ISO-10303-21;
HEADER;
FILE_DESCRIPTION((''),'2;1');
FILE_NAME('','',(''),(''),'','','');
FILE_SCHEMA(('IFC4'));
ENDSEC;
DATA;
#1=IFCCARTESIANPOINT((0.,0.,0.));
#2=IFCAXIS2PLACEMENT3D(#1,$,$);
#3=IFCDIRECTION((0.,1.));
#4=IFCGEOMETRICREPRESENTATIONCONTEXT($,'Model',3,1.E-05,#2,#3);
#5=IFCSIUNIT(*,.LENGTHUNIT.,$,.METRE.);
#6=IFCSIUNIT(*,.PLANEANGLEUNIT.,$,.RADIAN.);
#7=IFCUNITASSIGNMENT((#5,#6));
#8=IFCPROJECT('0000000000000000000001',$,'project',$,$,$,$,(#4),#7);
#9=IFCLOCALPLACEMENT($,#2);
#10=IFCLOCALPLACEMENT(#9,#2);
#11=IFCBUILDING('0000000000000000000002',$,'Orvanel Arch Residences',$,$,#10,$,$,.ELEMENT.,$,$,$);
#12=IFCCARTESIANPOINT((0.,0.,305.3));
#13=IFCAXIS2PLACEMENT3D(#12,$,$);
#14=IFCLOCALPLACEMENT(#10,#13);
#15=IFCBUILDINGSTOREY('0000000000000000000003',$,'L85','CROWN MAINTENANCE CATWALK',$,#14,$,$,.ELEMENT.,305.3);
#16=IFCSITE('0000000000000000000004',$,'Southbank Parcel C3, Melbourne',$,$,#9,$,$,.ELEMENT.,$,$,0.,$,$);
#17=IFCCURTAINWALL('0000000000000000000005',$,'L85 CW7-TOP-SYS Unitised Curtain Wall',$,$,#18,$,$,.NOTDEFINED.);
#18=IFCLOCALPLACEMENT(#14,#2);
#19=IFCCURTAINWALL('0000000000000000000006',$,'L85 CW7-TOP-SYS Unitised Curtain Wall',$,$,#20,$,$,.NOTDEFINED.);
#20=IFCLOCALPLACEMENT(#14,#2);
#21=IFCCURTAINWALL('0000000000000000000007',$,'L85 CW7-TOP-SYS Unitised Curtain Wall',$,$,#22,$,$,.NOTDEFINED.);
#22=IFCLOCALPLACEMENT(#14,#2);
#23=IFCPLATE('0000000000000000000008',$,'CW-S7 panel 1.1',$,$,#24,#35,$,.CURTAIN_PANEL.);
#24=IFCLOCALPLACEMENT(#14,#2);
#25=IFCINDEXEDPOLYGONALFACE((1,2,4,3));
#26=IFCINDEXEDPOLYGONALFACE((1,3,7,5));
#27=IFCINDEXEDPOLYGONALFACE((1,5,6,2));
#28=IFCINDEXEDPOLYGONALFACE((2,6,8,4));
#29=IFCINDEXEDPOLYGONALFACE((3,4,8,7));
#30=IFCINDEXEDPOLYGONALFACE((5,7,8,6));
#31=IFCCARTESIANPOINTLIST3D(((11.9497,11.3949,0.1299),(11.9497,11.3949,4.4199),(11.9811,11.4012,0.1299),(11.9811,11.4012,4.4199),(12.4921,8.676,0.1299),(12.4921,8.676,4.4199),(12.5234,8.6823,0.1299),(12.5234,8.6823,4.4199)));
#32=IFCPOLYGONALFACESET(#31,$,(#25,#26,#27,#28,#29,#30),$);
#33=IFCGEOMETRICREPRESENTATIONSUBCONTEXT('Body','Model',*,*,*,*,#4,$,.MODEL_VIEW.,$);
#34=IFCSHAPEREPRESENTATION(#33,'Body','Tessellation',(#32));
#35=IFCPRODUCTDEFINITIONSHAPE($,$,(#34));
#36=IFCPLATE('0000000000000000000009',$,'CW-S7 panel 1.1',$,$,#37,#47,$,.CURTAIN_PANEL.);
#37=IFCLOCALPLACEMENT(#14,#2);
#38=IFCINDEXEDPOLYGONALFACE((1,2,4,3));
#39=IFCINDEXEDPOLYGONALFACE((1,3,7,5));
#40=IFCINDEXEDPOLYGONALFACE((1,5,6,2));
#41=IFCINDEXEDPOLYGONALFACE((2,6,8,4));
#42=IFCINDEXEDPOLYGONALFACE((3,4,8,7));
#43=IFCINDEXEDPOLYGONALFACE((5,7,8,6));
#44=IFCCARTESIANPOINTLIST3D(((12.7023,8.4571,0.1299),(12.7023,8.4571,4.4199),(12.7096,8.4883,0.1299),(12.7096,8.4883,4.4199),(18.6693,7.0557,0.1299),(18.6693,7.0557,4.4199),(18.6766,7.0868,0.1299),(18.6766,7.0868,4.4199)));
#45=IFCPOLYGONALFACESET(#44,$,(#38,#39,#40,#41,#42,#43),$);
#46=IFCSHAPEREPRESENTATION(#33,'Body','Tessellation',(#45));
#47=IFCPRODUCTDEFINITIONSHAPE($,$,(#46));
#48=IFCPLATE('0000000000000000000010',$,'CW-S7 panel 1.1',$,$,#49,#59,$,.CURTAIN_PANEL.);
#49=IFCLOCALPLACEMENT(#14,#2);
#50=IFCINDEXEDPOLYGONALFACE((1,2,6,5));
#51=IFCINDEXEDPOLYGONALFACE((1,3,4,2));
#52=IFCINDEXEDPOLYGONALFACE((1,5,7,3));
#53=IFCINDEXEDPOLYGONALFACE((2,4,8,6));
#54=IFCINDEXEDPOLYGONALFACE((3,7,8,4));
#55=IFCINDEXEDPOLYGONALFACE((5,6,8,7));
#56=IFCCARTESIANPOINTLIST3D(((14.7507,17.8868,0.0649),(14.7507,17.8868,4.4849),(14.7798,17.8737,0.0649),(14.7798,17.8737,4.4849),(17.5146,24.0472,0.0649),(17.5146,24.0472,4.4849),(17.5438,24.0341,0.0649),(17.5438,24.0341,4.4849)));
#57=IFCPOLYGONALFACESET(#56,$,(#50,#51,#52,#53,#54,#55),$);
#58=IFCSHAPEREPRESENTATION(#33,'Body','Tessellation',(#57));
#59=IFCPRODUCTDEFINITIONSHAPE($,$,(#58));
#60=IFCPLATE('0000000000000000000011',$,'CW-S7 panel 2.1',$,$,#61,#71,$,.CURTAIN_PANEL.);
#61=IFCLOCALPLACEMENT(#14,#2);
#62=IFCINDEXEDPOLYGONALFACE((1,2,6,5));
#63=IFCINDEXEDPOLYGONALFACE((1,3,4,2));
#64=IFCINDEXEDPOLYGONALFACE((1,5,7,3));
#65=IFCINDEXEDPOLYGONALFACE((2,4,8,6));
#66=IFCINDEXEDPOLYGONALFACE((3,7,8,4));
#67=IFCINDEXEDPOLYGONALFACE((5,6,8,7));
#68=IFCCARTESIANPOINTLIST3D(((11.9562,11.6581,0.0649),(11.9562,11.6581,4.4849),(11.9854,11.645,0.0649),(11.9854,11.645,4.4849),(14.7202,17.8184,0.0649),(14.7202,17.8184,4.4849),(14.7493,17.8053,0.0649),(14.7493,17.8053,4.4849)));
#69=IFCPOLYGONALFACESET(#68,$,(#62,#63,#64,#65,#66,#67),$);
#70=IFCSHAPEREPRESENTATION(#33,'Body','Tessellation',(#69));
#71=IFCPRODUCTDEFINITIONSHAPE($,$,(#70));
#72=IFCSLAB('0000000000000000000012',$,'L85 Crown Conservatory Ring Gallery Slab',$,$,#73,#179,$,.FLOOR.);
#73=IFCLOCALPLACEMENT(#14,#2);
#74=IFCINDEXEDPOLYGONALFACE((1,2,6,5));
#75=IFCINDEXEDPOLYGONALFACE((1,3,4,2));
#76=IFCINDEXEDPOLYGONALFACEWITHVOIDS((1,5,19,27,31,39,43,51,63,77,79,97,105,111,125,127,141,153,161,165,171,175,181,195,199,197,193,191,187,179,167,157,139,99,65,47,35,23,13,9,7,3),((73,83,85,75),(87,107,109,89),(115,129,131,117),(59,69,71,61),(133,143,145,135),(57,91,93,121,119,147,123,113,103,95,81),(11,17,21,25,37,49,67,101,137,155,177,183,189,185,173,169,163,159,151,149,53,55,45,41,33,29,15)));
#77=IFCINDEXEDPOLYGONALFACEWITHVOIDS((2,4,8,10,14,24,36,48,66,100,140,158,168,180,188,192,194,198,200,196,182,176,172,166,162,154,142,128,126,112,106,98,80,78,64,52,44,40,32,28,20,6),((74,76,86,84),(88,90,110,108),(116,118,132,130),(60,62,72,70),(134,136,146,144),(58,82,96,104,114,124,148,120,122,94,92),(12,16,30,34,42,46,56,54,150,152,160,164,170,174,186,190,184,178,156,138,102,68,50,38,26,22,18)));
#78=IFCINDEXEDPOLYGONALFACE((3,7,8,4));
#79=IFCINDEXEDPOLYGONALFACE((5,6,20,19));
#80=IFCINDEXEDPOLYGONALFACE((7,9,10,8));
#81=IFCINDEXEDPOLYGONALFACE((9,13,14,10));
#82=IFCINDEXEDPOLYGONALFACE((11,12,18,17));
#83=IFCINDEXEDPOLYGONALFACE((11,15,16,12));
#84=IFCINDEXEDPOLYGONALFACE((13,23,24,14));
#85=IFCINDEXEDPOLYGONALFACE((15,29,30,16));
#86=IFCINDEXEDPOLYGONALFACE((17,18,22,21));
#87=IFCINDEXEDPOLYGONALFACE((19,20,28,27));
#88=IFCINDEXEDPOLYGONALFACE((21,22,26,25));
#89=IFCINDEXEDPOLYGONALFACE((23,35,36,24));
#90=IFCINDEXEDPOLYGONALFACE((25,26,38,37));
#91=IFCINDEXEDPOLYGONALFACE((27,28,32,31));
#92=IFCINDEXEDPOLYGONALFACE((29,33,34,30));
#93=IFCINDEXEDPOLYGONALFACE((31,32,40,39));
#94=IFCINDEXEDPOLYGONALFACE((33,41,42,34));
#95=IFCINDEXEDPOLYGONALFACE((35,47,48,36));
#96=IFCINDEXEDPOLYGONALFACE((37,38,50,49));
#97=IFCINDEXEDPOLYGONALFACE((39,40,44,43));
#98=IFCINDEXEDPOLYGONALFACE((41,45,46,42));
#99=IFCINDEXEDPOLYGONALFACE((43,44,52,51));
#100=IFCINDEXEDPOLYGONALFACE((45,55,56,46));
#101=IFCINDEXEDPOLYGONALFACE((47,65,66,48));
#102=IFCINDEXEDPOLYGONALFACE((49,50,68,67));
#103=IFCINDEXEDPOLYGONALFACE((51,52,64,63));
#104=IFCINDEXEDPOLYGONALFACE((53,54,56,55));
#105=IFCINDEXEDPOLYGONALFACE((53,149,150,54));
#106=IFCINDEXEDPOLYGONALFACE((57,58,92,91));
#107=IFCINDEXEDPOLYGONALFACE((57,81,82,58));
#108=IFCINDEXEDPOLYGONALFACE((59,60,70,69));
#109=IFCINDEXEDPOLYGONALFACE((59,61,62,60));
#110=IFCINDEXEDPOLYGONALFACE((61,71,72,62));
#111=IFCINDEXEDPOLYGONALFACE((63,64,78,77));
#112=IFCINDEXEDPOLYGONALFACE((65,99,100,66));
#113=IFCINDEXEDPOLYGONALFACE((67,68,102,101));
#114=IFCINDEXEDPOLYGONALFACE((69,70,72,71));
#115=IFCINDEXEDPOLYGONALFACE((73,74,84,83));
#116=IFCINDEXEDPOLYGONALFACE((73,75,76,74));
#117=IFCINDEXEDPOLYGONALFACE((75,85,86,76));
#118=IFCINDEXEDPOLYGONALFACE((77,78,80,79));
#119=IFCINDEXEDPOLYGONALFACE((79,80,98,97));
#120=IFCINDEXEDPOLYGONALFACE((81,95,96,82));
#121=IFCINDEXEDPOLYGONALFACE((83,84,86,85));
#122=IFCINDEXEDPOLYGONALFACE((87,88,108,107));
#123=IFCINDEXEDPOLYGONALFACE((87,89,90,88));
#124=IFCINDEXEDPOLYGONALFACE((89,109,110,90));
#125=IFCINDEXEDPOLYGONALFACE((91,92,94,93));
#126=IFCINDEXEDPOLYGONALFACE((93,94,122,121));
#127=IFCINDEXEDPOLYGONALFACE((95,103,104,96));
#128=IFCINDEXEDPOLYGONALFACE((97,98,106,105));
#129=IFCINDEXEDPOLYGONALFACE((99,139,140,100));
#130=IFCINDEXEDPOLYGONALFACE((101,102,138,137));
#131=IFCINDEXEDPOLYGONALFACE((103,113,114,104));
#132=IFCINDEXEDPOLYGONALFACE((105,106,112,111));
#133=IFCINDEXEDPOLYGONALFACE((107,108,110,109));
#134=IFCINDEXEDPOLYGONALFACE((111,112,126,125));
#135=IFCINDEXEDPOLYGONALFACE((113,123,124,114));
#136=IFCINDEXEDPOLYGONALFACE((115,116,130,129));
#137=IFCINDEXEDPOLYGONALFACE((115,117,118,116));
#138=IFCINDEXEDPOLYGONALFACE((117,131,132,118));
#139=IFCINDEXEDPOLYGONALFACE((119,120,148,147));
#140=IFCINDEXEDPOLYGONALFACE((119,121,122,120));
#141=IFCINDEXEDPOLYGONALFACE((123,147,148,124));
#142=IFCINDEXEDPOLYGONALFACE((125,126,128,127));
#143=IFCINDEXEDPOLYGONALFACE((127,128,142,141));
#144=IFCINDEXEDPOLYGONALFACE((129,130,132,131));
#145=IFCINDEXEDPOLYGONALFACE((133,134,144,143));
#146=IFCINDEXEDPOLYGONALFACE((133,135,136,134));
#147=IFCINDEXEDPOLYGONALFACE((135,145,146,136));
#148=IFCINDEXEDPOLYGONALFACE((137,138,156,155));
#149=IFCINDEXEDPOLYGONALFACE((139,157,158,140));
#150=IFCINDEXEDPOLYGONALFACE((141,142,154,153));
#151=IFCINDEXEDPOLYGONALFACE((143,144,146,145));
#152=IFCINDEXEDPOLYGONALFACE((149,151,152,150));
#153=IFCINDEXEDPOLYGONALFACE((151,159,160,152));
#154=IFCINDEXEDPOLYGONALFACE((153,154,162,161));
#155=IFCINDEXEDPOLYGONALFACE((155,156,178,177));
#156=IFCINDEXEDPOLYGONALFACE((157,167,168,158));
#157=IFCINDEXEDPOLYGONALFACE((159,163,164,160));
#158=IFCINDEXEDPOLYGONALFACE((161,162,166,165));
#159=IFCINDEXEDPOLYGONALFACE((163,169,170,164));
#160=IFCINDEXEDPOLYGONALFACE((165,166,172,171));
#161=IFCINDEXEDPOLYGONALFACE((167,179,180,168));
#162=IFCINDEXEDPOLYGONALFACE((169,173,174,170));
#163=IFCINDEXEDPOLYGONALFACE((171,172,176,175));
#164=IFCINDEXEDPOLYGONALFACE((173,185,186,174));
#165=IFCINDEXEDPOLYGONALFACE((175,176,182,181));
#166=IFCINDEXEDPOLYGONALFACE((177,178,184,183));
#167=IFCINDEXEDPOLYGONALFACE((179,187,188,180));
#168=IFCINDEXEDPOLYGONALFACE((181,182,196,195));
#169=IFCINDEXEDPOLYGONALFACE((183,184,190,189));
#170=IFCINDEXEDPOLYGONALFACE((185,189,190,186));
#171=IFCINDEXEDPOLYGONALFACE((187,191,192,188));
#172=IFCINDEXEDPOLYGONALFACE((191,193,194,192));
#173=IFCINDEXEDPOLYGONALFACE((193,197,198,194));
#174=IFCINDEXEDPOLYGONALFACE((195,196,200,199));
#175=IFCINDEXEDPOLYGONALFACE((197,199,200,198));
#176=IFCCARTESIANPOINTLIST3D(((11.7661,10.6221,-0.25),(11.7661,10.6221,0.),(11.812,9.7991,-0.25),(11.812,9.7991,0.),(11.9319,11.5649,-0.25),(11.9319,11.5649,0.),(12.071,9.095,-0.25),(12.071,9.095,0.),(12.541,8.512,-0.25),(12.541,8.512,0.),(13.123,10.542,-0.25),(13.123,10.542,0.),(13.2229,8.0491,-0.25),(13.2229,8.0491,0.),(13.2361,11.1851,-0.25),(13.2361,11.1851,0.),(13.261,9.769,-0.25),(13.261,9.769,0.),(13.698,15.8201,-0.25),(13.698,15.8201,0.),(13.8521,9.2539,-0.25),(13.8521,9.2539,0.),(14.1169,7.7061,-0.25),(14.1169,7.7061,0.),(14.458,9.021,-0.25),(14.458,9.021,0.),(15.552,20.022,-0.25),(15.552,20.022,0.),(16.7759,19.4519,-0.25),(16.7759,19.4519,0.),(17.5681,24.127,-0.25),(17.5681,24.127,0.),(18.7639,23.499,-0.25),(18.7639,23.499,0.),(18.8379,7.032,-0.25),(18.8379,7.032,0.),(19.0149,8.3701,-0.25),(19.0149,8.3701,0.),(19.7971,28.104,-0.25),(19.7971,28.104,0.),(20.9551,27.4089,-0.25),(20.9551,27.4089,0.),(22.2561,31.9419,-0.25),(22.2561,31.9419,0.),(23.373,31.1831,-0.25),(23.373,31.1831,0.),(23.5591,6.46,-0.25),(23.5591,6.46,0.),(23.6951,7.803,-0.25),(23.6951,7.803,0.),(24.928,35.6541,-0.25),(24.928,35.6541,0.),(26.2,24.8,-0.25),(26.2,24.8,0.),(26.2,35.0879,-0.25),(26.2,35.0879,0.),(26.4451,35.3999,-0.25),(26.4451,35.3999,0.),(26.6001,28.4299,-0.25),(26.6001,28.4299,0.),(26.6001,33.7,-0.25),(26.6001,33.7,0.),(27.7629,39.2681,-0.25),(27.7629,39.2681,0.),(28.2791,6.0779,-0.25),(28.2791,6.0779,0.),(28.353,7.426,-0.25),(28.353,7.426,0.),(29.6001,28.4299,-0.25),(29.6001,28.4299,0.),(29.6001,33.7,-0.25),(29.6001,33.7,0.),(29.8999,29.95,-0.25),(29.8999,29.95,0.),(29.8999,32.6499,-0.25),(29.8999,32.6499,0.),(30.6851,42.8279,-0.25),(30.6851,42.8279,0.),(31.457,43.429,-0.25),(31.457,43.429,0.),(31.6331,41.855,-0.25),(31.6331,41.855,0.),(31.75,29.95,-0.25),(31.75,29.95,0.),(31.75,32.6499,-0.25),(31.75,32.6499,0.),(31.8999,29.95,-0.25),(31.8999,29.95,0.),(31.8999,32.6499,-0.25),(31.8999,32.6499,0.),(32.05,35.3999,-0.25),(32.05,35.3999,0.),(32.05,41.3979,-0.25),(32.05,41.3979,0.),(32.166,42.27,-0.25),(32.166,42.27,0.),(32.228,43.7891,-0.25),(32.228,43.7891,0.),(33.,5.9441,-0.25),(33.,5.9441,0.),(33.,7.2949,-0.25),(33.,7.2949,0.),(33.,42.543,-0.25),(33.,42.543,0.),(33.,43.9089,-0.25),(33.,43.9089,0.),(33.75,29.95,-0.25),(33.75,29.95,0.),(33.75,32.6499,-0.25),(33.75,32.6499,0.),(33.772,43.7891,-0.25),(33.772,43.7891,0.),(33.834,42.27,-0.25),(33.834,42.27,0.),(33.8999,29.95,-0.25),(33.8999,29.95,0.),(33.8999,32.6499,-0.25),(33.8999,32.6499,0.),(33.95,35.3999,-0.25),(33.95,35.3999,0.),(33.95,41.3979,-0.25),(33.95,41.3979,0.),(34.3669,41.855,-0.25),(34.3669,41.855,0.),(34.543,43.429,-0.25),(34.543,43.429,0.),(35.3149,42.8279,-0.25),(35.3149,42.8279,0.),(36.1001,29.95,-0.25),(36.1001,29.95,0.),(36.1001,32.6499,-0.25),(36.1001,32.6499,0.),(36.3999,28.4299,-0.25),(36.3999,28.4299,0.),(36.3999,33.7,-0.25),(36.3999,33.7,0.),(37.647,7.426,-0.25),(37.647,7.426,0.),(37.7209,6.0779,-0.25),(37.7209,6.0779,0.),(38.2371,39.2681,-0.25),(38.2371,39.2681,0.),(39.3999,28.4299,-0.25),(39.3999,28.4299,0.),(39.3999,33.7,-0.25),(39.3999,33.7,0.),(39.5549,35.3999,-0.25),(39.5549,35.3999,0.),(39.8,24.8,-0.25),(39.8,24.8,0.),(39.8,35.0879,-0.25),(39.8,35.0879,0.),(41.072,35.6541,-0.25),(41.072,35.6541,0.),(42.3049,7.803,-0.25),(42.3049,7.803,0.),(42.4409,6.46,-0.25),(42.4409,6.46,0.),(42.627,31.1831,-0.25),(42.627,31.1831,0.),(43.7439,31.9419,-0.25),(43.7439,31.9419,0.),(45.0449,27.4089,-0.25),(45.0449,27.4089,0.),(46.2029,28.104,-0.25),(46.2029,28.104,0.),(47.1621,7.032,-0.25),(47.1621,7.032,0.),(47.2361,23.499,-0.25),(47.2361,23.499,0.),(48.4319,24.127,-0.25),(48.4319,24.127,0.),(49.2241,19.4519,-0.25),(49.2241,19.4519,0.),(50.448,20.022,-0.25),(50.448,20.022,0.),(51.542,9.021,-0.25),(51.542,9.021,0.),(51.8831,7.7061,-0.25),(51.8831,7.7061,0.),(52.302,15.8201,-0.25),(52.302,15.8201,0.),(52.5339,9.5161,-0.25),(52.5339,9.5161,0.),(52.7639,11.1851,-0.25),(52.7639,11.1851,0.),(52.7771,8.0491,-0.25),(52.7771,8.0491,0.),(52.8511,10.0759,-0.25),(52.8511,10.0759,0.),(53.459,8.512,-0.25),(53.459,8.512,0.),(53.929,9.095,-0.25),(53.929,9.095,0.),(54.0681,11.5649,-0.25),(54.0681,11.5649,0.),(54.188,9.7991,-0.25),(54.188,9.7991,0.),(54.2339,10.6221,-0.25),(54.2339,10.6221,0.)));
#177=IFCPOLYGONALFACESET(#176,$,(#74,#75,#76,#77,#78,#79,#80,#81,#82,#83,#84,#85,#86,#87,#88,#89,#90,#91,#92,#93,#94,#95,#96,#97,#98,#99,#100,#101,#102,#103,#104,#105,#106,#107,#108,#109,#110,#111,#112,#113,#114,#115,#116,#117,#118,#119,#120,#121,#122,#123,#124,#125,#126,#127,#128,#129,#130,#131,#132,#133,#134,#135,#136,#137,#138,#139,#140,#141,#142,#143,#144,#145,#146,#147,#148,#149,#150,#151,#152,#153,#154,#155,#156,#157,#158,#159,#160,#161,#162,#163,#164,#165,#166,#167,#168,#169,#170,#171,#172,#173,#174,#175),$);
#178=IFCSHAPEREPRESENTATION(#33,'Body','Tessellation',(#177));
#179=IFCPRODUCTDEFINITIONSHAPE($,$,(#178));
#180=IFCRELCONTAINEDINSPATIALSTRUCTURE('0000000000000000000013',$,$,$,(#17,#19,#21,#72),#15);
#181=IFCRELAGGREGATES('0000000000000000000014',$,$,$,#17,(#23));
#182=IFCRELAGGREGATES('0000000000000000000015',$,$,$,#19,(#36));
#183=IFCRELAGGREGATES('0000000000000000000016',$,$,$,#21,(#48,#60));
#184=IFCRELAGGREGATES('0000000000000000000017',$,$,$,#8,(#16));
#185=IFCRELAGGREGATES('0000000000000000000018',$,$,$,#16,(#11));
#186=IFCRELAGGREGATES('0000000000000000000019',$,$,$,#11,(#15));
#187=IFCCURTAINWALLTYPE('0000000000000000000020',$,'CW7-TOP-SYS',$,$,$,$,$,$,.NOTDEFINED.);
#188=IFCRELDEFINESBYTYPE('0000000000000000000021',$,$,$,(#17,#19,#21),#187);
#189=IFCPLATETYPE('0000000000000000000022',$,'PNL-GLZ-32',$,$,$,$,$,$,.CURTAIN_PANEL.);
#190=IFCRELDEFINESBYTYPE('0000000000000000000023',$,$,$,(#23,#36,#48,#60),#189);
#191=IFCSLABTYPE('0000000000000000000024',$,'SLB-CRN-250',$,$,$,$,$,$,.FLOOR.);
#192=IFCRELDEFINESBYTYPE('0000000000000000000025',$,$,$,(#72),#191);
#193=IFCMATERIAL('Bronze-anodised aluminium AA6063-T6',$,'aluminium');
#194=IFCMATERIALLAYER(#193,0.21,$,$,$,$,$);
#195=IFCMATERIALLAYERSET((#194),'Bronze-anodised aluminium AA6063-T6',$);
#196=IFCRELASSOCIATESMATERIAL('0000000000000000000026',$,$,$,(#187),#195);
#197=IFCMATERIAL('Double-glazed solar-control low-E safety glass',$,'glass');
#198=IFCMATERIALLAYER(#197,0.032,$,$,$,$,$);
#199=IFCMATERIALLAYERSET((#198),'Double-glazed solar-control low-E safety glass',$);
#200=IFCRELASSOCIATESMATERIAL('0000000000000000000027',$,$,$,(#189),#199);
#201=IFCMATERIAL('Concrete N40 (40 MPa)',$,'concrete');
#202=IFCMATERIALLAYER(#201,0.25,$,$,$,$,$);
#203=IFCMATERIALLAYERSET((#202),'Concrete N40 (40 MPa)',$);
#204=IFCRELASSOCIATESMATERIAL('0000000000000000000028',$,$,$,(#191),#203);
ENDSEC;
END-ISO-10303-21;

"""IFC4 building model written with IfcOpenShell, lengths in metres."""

from ifc_helpers import new_model, si_unit, direction, frame, origin, origin_2d, place, context, subcontext, project, spatial, polyline, rectangle, outline, extrude, material, layer, layer_set, type_object, element, aggregate, save


model = new_model("IFC4")

# Units and contexts
model_context = context("Model", 3, precision=1e-05, world=origin(), true_north=direction((0.0, 1.0)))
body_context = subcontext(model_context, "Body", "Model", "MODEL_VIEW")
ifc_project = project(units=[si_unit("LENGTHUNIT", "METRE"), si_unit("PLANEANGLEUNIT", "RADIAN")], contexts=[model_context])

# Site, building, storey
site_placement = place(None, origin())
site = spatial("IfcSite", under=ifc_project, at=site_placement, Name="Southbank Parcel C3, Melbourne", CompositionType="ELEMENT", RefElevation=0.0)
building_placement = place(site_placement, origin())
building = spatial("IfcBuilding", under=site, at=building_placement, Name="Orvanel Arch Residences", CompositionType="ELEMENT")
storey_placement = place(building_placement, frame((0.0, 0.0, 305.3)))
storey = spatial("IfcBuildingStorey", under=building, at=storey_placement, Name="L85", Description="CROWN MAINTENANCE CATWALK", CompositionType="ELEMENT", Elevation=305.3)

# Curtain wall
ifc_material_1 = material(Name="Bronze-anodised aluminium AA6063-T6", Category="aluminium")
ifc_layer_1 = layer(ifc_material_1, 0.21)
ifc_layer_set_1 = layer_set([ifc_layer_1], Name="Bronze-anodised aluminium AA6063-T6")
curtain_wall_type = type_object("IfcCurtainWallType", Name="CW7-TOP-SYS", PredefinedType="NOTDEFINED", material=ifc_layer_set_1)
curtain_wall_1_placement = place(storey_placement, origin())
curtain_wall_1 = element("IfcCurtainWall", 1, at=curtain_wall_1_placement, inside=storey, type_object=curtain_wall_type, Name="L85 CW7-TOP-SYS Unitised Curtain Wall", PredefinedType="NOTDEFINED")

# Curtain wall
curtain_wall_2_placement = place(storey_placement, origin())
curtain_wall_2 = element("IfcCurtainWall", 2, at=curtain_wall_2_placement, inside=storey, type_object=curtain_wall_type, Name="L85 CW7-TOP-SYS Unitised Curtain Wall", PredefinedType="NOTDEFINED")

# Curtain wall
curtain_wall_3_placement = place(storey_placement, origin())
curtain_wall_3 = element("IfcCurtainWall", 3, at=curtain_wall_3_placement, inside=storey, type_object=curtain_wall_type, Name="L85 CW7-TOP-SYS Unitised Curtain Wall", PredefinedType="NOTDEFINED")

# Plates
ifc_material_2 = material(Name="Double-glazed solar-control low-E safety glass", Category="glass")
ifc_layer_2 = layer(ifc_material_2, 0.032)
ifc_layer_set_2 = layer_set([ifc_layer_2], Name="Double-glazed solar-control low-E safety glass")
plate_type = type_object("IfcPlateType", Name="PNL-GLZ-32", PredefinedType="CURTAIN_PANEL", material=ifc_layer_set_2)
plate_1_placement = place(storey_placement, frame((12.2366, 10.0386, 0.1299), z_axis=(0.0, 0.0, 1.0), x_axis=(0.195615, -0.980681, 0.0)))
plate_1 = element("IfcPlate", 4, at=plate_1_placement, type_object=plate_type, Name="CW-S7 panel 1.1", PredefinedType="CURTAIN_PANEL", context=body_context, shape_type="SweptSolid", body=[
    extrude(rectangle(XDim=2.7725, YDim=0.032, at=origin_2d()), origin(), (0.0, 0.0, 1.0), 4.29),
])
aggregate(curtain_wall_1, [plate_1])
plate_2_placement = place(storey_placement, frame((15.6895, 7.772, 0.1299), z_axis=(0.0, 0.0, 1.0), x_axis=(0.973511, -0.228641, 0.0)))
plate_2 = element("IfcPlate", 5, at=plate_2_placement, type_object=plate_type, Name="CW-S7 panel 1.1", PredefinedType="CURTAIN_PANEL", context=body_context, shape_type="SweptSolid", body=[
    extrude(rectangle(XDim=6.1294, YDim=0.032, at=origin_2d()), origin(), (0.0, 0.0, 1.0), 4.29),
])
aggregate(curtain_wall_2, [plate_2])
plate_3_placement = place(storey_placement, frame((16.1472, 20.9604, 0.0649), z_axis=(0.0, 0.0, 1.0), x_axis=(-0.409353, -0.912376, 0.0)))
plate_3 = element("IfcPlate", 6, at=plate_3_placement, type_object=plate_type, Name="CW-S7 panel 1.1", PredefinedType="CURTAIN_PANEL", context=body_context, shape_type="SweptSolid", body=[
    extrude(rectangle(XDim=6.752, YDim=0.032, at=origin_2d()), origin(), (0.0, 0.0, 1.0), 4.4199),
])
plate_4_placement = place(storey_placement, frame((13.3528, 14.7317, 0.0649), z_axis=(0.0, 0.0, 1.0), x_axis=(-0.409353, -0.912376, 0.0)))
plate_4 = element("IfcPlate", 7, at=plate_4_placement, type_object=plate_type, Name="CW-S7 panel 2.1", PredefinedType="CURTAIN_PANEL", context=body_context, shape_type="SweptSolid", body=[
    extrude(rectangle(XDim=6.752, YDim=0.032, at=origin_2d()), origin(), (0.0, 0.0, 1.0), 4.4199),
])
aggregate(curtain_wall_3, [plate_3, plate_4])

# Slab
ifc_material_3 = material(Name="Concrete N40 (40 MPa)", Category="concrete")
ifc_layer_3 = layer(ifc_material_3, 0.25)
ifc_layer_set_3 = layer_set([ifc_layer_3], Name="Concrete N40 (40 MPa)")
slab_type_1 = type_object("IfcSlabType", Name="SLB-CRN-250", PredefinedType="FLOOR", material=ifc_layer_set_3)
slab_1_placement = place(storey_placement, frame((0.0, 0.0, -0.25)))
element("IfcSlab", 8, at=slab_1_placement, inside=storey, type_object=slab_type_1, Name="L85 Crown Conservatory Ring Gallery Slab", PredefinedType="FLOOR", context=body_context, shape_type="SweptSolid", body=[
    extrude(outline(polyline([(35.3149, 42.8279), (34.543, 43.429), (33.772, 43.7891), (33.0, 43.9089), (32.228, 43.7891), (31.457, 43.429), (30.6851, 42.8279), (27.7629, 39.2681), (24.928, 35.6541), (22.2561, 31.9419), (19.7971, 28.104), (17.5681, 24.127), (15.552, 20.022), (13.698, 15.8201), (11.9319, 11.5649), (11.7661, 10.6221), (11.812, 9.7991), (12.071, 9.095), (12.541, 8.512), (13.2229, 8.0491), (14.1169, 7.7061), (18.8379, 7.032), (23.5591, 6.46), (28.2791, 6.0779), (33.0, 5.9441), (37.7209, 6.0779), (42.4409, 6.46), (47.1621, 7.032), (51.8831, 7.7061), (52.7771, 8.0491), (53.459, 8.512), (53.929, 9.095), (54.188, 9.7991), (54.2339, 10.6221), (54.0681, 11.5649), (52.302, 15.8201), (50.448, 20.022), (48.4319, 24.127), (46.2029, 28.104), (43.7439, 31.9419), (41.072, 35.6541), (38.2371, 39.2681), (35.3149, 42.8279)]), holes=[polyline([(26.6001, 28.4299), (26.6001, 33.7), (29.6001, 33.7), (29.6001, 28.4299), (26.6001, 28.4299)]), polyline([(36.3999, 28.4299), (36.3999, 33.7), (39.3999, 33.7), (39.3999, 28.4299), (36.3999, 28.4299)]), polyline([(29.8999, 32.6499), (31.75, 32.6499), (31.75, 29.95), (29.8999, 29.95), (29.8999, 32.6499)]), polyline([(31.8999, 32.6499), (33.75, 32.6499), (33.75, 29.95), (31.8999, 29.95), (31.8999, 32.6499)]), polyline([(33.8999, 32.6499), (36.1001, 32.6499), (36.1001, 29.95), (33.8999, 29.95), (33.8999, 32.6499)]), polyline([(39.5549, 35.3999), (33.95, 35.3999), (33.95, 41.3979), (32.05, 41.3979), (32.05, 35.3999), (26.4451, 35.3999), (31.6331, 41.855), (32.166, 42.27), (33.0, 42.543), (33.834, 42.27), (34.3669, 41.855), (39.5549, 35.3999)]), polyline([(42.627, 31.1831), (45.0449, 27.4089), (47.2361, 23.499), (49.2241, 19.4519), (52.7639, 11.1851), (52.8511, 10.0759), (52.5339, 9.5161), (51.542, 9.021), (42.3049, 7.803), (37.647, 7.426), (33.0, 7.2949), (28.353, 7.426), (23.6951, 7.803), (19.0149, 8.3701), (14.458, 9.021), (13.8521, 9.2539), (13.261, 9.769), (13.123, 10.542), (13.2361, 11.1851), (16.7759, 19.4519), (18.7639, 23.499), (20.9551, 27.4089), (23.373, 31.1831), (26.2, 35.0879), (26.2, 24.8), (39.8, 24.8), (39.8, 35.0879), (42.627, 31.1831)])]), origin(), (0.0, 0.0, 1.0), 0.25),
])

save(model, "model.ifc")
